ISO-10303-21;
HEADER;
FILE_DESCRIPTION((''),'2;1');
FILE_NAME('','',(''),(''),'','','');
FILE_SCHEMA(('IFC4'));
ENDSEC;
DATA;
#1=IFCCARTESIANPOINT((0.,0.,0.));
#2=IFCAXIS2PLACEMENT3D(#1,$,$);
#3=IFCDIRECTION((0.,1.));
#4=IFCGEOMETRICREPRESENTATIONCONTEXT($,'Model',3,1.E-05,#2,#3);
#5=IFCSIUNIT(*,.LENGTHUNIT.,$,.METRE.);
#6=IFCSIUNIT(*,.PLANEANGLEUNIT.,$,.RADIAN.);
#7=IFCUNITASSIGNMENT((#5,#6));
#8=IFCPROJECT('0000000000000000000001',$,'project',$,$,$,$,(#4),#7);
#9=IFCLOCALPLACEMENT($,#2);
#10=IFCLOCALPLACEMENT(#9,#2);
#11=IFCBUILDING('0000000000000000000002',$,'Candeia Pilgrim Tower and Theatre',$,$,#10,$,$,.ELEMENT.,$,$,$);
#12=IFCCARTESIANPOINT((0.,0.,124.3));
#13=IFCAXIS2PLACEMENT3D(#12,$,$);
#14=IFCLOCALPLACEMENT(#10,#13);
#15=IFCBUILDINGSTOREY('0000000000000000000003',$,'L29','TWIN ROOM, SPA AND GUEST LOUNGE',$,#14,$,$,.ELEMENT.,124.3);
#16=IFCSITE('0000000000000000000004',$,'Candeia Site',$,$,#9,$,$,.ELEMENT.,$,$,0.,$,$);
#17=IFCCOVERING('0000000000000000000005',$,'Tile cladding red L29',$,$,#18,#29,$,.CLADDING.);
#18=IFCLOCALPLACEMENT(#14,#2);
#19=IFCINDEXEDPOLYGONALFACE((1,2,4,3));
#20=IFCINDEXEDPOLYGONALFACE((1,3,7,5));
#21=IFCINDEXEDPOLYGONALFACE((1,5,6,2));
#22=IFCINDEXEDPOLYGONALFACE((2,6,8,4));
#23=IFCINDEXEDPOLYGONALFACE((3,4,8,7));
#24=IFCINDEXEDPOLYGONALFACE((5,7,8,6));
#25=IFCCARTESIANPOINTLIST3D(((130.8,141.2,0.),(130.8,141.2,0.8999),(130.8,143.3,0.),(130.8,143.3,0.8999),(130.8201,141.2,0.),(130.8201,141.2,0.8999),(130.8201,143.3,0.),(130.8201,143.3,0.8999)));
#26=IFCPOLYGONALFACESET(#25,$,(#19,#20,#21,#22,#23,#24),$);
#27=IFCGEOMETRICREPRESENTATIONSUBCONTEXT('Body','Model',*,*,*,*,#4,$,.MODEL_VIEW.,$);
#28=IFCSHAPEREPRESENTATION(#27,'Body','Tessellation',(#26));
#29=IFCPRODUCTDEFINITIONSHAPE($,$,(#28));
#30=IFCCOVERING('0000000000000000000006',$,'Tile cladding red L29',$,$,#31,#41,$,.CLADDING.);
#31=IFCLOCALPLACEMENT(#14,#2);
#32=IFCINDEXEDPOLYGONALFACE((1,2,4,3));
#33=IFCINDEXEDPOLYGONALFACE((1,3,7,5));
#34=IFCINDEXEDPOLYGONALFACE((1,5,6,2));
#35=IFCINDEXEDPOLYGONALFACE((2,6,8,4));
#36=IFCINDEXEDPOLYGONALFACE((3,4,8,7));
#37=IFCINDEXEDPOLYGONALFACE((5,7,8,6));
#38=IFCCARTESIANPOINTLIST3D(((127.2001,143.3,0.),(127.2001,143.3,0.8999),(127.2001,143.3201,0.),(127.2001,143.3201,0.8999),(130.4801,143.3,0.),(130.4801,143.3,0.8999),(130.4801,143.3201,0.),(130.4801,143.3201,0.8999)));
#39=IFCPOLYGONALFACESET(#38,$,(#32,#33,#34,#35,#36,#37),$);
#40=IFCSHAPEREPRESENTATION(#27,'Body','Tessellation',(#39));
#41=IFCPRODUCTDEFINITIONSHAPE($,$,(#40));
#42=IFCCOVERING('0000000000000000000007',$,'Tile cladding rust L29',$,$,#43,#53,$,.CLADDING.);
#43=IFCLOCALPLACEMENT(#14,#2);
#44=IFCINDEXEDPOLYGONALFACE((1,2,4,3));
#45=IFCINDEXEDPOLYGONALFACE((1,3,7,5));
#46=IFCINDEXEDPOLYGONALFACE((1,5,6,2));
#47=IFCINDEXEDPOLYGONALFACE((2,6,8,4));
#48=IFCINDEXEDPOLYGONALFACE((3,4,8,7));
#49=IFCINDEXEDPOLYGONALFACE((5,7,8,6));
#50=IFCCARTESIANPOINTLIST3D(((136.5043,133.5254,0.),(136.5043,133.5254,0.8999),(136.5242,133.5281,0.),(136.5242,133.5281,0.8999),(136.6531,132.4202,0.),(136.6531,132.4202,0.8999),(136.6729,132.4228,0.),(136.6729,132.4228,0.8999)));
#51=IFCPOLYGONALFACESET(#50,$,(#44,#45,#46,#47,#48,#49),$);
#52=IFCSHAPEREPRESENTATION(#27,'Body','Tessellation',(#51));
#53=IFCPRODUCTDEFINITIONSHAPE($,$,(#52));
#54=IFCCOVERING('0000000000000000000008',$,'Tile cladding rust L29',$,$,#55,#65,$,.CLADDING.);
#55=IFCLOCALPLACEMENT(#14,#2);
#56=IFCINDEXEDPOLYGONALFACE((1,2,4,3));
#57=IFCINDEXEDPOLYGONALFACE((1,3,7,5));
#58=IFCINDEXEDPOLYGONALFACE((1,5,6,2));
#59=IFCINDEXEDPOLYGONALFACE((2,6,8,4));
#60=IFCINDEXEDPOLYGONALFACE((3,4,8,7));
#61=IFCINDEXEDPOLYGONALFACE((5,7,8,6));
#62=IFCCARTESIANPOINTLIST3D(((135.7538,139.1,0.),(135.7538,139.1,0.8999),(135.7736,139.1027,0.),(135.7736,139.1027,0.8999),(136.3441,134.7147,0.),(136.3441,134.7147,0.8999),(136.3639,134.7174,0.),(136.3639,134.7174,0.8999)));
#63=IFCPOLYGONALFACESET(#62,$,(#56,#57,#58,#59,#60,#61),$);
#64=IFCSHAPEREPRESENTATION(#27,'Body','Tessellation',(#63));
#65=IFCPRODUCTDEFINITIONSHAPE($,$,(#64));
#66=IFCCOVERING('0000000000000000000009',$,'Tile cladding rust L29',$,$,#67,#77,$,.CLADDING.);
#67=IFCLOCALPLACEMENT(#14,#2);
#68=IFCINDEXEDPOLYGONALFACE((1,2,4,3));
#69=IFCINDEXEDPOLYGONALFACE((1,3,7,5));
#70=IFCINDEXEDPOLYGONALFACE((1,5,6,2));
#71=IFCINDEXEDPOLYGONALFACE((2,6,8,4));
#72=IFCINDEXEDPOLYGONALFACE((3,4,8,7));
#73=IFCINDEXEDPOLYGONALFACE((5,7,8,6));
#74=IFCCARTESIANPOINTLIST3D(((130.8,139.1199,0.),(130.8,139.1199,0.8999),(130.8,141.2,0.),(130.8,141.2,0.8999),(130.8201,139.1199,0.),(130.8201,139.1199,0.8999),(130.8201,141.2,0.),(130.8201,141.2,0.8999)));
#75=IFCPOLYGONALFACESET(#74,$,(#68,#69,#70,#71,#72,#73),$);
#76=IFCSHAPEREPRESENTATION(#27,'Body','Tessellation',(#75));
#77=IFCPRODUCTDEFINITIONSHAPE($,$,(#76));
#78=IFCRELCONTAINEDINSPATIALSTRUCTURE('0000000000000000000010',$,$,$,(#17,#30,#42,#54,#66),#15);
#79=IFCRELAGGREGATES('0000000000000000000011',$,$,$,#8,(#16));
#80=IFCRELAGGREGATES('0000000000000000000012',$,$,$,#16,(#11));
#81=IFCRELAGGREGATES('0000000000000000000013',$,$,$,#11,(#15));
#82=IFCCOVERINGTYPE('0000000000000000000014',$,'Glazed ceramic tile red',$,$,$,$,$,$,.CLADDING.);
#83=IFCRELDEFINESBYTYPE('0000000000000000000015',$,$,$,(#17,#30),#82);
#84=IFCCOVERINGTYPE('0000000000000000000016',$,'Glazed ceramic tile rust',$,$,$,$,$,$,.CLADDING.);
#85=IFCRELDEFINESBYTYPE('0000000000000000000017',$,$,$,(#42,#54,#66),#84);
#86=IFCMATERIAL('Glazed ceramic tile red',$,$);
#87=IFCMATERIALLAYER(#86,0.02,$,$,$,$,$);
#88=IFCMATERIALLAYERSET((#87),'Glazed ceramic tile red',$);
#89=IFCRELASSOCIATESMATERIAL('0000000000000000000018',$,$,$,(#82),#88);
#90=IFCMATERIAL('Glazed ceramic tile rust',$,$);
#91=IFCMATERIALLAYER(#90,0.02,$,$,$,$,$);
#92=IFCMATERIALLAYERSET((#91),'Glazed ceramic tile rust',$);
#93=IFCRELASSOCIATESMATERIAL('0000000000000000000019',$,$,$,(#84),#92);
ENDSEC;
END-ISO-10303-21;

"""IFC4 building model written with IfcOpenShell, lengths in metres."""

from ifc_helpers import new_model, si_unit, direction, frame, origin, origin_2d, place, context, subcontext, project, spatial, rectangle, extrude, material, layer, layer_set, type_object, element, save


model = new_model("IFC4")

# Units and contexts
model_context = context("Model", 3, precision=1e-05, world=origin(), true_north=direction((0.0, 1.0)))
body_context = subcontext(model_context, "Body", "Model", "MODEL_VIEW")
ifc_project = project(units=[si_unit("LENGTHUNIT", "METRE"), si_unit("PLANEANGLEUNIT", "RADIAN")], contexts=[model_context])

# Site, building, storey
site_placement = place(None, origin())
site = spatial("IfcSite", under=ifc_project, at=site_placement, Name="Candeia Site", CompositionType="ELEMENT", RefElevation=0.0)
building_placement = place(site_placement, origin())
building = spatial("IfcBuilding", under=site, at=building_placement, Name="Candeia Pilgrim Tower and Theatre", CompositionType="ELEMENT")
storey_placement = place(building_placement, frame((0.0, 0.0, 124.3)))
storey = spatial("IfcBuildingStorey", under=building, at=storey_placement, Name="L29", Description="TWIN ROOM, SPA AND GUEST LOUNGE", CompositionType="ELEMENT", Elevation=124.3)

# Coverings
ifc_material_1 = material(Name="Glazed ceramic tile red")
ifc_layer_1 = layer(ifc_material_1, 0.02)
ifc_layer_set_1 = layer_set([ifc_layer_1], Name="Glazed ceramic tile red")
covering_type_1 = type_object("IfcCoveringType", Name="Glazed ceramic tile red", PredefinedType="CLADDING", material=ifc_layer_set_1)
covering_1_placement = place(storey_placement, frame((130.8101, 142.25, 0.0), z_axis=(0.0, 0.0, 1.0), x_axis=(0.0, 1.0, 0.0)))
element("IfcCovering", 1, at=covering_1_placement, inside=storey, type_object=covering_type_1, Name="Tile cladding red L29", PredefinedType="CLADDING", context=body_context, shape_type="SweptSolid", body=[
    extrude(rectangle(XDim=2.1001, YDim=0.02, at=origin_2d()), origin(), (0.0, 0.0, 1.0), 0.8999),
])
covering_2_placement = place(storey_placement, frame((128.8401, 143.3101, 0.0), z_axis=(0.0, 0.0, 1.0), x_axis=(-1.0, 0.0, 0.0)))
element("IfcCovering", 2, at=covering_2_placement, inside=storey, type_object=covering_type_1, Name="Tile cladding red L29", PredefinedType="CLADDING", context=body_context, shape_type="SweptSolid", body=[
    extrude(rectangle(XDim=3.28, YDim=0.02, at=origin_2d()), origin(), (0.0, 0.0, 1.0), 0.8999),
])
ifc_material_2 = material(Name="Glazed ceramic tile rust")
ifc_layer_2 = layer(ifc_material_2, 0.02)
ifc_layer_set_2 = layer_set([ifc_layer_2], Name="Glazed ceramic tile rust")
covering_type_2 = type_object("IfcCoveringType", Name="Glazed ceramic tile rust", PredefinedType="CLADDING", material=ifc_layer_set_2)
covering_3_placement = place(storey_placement, frame((136.5886, 132.9741, 0.0), z_axis=(0.0, 0.0, 1.0), x_axis=(-0.133412, 0.991061, 0.0)))
element("IfcCovering", 3, at=covering_3_placement, inside=storey, type_object=covering_type_2, Name="Tile cladding rust L29", PredefinedType="CLADDING", context=body_context, shape_type="SweptSolid", body=[
    extrude(rectangle(XDim=1.1152, YDim=0.02, at=origin_2d()), origin(), (0.0, 0.0, 1.0), 0.8999),
])
covering_4_placement = place(storey_placement, frame((136.0588, 136.9087, 0.0), z_axis=(0.0, 0.0, 1.0), x_axis=(-0.133412, 0.991061, 0.0)))
element("IfcCovering", 4, at=covering_4_placement, inside=storey, type_object=covering_type_2, Name="Tile cladding rust L29", PredefinedType="CLADDING", context=body_context, shape_type="SweptSolid", body=[
    extrude(rectangle(XDim=4.4248, YDim=0.02, at=origin_2d()), origin(), (0.0, 0.0, 1.0), 0.8999),
])
covering_5_placement = place(storey_placement, frame((130.8101, 140.1599, 0.0), z_axis=(0.0, 0.0, 1.0), x_axis=(0.0, 1.0, 0.0)))
element("IfcCovering", 5, at=covering_5_placement, inside=storey, type_object=covering_type_2, Name="Tile cladding rust L29", PredefinedType="CLADDING", context=body_context, shape_type="SweptSolid", body=[
    extrude(rectangle(XDim=2.0801, YDim=0.02, at=origin_2d()), origin(), (0.0, 0.0, 1.0), 0.8999),
])

save(model, "model.ifc")
